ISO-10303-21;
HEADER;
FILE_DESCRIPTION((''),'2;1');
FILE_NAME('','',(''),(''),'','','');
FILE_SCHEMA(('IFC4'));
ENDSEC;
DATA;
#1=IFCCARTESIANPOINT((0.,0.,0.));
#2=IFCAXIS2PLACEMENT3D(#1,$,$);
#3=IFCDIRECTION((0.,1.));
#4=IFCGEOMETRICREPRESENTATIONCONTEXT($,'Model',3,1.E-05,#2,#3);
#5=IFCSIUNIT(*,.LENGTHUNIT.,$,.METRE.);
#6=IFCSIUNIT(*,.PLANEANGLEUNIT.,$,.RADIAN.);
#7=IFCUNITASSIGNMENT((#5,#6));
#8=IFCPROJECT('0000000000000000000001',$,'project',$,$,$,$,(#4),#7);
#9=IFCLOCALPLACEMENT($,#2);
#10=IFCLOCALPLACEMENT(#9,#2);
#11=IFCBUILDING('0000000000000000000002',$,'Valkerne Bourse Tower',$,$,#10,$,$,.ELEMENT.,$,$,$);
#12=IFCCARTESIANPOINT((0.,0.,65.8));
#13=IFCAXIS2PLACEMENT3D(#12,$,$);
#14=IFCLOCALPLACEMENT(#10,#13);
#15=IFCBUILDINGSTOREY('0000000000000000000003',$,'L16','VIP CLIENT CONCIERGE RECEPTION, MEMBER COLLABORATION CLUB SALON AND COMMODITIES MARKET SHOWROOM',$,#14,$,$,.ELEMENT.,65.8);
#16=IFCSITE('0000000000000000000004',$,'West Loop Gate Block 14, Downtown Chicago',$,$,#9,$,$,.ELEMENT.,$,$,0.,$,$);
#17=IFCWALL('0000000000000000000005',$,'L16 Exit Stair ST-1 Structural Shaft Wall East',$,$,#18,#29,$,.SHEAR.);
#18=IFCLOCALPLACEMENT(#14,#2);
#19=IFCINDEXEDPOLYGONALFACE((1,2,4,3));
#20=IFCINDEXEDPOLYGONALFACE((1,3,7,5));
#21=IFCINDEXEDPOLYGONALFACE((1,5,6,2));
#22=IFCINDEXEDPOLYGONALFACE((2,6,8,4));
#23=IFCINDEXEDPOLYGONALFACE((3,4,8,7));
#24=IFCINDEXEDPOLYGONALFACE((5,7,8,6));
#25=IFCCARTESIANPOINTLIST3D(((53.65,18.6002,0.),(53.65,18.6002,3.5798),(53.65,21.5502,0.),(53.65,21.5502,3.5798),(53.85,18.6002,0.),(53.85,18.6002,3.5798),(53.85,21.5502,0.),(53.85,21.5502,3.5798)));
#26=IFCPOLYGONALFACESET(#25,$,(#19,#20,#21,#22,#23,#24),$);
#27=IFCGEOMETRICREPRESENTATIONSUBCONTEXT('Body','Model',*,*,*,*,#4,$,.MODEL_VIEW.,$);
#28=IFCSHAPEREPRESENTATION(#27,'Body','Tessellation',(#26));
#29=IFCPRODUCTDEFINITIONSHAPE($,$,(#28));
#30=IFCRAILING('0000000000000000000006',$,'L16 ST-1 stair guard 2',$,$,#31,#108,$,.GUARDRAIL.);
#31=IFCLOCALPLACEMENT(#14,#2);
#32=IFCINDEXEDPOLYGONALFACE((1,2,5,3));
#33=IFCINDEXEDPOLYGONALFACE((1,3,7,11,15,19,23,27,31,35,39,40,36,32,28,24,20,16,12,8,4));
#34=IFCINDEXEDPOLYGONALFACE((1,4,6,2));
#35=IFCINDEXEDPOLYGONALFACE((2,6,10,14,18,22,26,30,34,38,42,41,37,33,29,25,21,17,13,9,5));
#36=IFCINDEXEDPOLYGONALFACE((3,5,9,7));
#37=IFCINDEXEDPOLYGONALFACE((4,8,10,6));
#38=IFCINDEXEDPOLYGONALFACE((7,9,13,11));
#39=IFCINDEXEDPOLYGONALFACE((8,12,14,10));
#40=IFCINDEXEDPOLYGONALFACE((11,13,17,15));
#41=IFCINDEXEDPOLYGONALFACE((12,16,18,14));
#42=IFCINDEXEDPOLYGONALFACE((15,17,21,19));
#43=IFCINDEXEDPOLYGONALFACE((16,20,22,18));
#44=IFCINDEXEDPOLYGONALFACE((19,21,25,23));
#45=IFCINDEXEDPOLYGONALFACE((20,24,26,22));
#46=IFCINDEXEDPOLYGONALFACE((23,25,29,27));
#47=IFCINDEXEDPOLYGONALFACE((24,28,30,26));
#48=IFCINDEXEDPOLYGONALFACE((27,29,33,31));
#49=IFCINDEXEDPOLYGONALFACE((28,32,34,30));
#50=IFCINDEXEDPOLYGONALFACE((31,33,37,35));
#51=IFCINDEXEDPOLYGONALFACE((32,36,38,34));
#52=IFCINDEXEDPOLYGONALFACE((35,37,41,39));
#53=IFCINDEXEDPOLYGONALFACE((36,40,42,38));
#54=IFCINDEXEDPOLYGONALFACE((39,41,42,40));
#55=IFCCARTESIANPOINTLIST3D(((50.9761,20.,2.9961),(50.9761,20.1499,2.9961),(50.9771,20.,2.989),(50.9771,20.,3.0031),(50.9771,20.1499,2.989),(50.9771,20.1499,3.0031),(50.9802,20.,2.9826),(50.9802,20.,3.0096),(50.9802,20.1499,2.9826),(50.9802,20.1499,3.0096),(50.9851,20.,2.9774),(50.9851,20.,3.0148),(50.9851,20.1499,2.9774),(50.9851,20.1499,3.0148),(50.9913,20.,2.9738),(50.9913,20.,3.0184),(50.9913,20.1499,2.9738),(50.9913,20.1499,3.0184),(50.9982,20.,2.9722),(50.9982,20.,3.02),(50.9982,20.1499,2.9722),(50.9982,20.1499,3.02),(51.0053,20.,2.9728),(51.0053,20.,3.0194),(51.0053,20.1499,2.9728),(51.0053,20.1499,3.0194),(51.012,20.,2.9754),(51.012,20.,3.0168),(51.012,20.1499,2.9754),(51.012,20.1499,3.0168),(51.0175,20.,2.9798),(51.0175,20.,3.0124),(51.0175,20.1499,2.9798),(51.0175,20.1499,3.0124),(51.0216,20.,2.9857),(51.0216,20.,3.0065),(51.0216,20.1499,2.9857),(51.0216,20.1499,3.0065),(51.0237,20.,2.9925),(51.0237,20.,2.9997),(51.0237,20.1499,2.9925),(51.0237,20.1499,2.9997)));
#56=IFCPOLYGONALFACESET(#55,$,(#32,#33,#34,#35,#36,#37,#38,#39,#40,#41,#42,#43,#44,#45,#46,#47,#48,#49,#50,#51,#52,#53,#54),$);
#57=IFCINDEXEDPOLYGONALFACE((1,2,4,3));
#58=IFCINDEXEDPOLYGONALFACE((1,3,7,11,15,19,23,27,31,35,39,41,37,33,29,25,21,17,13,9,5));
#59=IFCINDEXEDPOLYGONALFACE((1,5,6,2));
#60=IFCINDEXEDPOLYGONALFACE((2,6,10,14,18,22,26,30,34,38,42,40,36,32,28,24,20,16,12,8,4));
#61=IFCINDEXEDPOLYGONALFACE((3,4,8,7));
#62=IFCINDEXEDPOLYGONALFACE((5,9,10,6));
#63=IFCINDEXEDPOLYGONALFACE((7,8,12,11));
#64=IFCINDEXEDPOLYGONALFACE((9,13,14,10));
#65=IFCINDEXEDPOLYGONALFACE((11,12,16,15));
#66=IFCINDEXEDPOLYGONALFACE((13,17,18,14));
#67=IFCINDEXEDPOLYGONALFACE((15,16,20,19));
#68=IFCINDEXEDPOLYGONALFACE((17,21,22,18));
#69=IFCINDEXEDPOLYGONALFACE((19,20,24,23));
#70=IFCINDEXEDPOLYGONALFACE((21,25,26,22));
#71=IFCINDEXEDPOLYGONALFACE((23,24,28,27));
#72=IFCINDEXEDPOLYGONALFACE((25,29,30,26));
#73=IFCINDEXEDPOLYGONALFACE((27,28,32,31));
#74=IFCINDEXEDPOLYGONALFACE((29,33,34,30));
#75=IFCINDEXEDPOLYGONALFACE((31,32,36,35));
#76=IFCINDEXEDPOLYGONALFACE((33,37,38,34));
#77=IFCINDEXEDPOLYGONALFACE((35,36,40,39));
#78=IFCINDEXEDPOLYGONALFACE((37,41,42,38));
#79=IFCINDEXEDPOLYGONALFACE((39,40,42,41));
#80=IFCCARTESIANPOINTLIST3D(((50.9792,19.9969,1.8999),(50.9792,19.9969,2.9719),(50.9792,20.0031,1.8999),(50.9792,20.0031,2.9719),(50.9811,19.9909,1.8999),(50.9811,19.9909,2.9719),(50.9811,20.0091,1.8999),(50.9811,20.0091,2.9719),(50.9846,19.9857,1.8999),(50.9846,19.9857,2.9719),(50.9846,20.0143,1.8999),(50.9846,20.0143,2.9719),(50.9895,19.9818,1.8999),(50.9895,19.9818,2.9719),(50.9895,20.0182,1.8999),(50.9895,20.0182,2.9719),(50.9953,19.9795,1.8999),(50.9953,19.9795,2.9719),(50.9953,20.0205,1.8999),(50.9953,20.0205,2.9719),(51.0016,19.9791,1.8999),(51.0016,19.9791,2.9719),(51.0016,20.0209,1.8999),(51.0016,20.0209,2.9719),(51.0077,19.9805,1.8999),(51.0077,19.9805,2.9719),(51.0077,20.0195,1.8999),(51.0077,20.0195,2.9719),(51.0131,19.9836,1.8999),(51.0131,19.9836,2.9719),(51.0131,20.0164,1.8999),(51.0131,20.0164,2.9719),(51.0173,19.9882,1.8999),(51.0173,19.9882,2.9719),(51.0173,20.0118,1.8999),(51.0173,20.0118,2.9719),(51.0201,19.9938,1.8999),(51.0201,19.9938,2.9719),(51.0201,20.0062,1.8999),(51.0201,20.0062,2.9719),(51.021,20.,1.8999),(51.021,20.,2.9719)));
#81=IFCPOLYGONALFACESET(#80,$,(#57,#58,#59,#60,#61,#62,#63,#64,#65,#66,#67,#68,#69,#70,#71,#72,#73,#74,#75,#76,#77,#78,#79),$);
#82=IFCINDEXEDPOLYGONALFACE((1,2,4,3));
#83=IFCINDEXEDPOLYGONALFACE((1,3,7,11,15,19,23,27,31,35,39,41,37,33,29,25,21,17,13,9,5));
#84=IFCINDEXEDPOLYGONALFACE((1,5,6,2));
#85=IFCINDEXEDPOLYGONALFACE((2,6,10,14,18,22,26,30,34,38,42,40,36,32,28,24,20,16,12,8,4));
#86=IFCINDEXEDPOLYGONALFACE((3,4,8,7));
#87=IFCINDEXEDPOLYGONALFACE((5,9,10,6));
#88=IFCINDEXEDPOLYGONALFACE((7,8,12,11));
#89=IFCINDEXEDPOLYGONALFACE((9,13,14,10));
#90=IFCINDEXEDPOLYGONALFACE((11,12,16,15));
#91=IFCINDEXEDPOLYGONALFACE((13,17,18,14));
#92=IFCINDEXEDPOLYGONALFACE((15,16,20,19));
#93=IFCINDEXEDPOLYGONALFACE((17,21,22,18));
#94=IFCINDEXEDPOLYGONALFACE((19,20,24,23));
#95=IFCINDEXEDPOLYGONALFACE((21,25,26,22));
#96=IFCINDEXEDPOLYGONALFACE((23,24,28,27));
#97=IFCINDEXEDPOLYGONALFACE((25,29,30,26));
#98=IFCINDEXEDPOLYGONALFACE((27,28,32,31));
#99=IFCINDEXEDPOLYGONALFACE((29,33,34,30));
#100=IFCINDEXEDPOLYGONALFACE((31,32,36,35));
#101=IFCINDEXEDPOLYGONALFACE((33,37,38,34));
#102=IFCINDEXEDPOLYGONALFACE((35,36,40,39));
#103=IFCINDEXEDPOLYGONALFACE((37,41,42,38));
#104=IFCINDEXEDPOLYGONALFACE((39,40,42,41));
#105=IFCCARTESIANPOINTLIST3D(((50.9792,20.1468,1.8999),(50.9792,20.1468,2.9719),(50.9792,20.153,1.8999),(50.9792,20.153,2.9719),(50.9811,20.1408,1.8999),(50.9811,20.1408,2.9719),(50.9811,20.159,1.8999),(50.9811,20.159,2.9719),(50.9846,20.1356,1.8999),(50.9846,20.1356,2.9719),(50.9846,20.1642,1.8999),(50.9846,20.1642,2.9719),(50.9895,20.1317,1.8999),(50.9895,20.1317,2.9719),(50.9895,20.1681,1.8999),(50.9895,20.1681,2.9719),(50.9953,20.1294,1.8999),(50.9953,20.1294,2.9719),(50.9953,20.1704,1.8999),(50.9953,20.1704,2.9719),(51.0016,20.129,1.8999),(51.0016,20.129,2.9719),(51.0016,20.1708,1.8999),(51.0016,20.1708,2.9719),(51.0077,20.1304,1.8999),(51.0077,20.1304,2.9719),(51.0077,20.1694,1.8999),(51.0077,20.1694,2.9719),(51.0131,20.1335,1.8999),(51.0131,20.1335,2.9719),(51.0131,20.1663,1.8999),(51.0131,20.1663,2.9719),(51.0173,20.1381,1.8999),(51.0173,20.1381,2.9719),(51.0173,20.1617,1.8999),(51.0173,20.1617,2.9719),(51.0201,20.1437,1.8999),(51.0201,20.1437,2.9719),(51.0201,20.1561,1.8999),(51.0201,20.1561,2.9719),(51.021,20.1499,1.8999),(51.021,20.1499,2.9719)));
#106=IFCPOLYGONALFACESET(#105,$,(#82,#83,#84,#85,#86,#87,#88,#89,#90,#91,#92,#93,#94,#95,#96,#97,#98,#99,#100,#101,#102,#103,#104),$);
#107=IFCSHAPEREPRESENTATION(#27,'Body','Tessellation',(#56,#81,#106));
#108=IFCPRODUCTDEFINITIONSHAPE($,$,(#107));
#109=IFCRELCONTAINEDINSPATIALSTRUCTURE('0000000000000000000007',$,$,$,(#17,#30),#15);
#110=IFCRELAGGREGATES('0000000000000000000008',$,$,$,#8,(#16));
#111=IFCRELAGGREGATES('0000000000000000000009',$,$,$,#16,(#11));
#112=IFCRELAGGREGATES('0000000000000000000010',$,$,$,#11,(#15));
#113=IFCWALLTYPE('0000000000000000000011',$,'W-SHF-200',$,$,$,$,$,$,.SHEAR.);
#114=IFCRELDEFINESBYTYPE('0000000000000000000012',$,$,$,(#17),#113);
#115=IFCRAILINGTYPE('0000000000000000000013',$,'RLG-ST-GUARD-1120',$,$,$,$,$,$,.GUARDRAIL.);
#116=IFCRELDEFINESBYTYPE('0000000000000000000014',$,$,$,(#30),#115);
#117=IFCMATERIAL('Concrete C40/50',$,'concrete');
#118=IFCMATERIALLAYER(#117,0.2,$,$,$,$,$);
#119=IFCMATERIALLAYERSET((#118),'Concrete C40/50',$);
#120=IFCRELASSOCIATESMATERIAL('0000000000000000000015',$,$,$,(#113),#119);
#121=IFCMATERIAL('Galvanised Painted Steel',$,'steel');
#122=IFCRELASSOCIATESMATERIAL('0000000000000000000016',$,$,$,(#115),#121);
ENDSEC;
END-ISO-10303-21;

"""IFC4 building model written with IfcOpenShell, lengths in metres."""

from ifc_helpers import new_model, si_unit, direction, frame, frame_2d, origin, origin_2d, place, context, subcontext, project, spatial, rectangle, circle, extrude, material, layer, layer_set, type_object, element, save


model = new_model("IFC4")

# Units and contexts
model_context = context("Model", 3, precision=1e-05, world=origin(), true_north=direction((0.0, 1.0)))
body_context = subcontext(model_context, "Body", "Model", "MODEL_VIEW")
ifc_project = project(units=[si_unit("LENGTHUNIT", "METRE"), si_unit("PLANEANGLEUNIT", "RADIAN")], contexts=[model_context])

# Site, building, storey
site_placement = place(None, origin())
site = spatial("IfcSite", under=ifc_project, at=site_placement, Name="West Loop Gate Block 14, Downtown Chicago", CompositionType="ELEMENT", RefElevation=0.0)
building_placement = place(site_placement, origin())
building = spatial("IfcBuilding", under=site, at=building_placement, Name="Valkerne Bourse Tower", CompositionType="ELEMENT")
storey_placement = place(building_placement, frame((0.0, 0.0, 65.8)))
storey = spatial("IfcBuildingStorey", under=building, at=storey_placement, Name="L16", Description="VIP CLIENT CONCIERGE RECEPTION, MEMBER COLLABORATION CLUB SALON AND COMMODITIES MARKET SHOWROOM", CompositionType="ELEMENT", Elevation=65.8)

# Shared definitions
ifc_material_1 = material(Name="Galvanised Painted Steel", Category="steel")

# Wall
ifc_material_2 = material(Name="Concrete C40/50", Category="concrete")
ifc_layer_1 = layer(ifc_material_2, 0.2)
ifc_layer_set_1 = layer_set([ifc_layer_1], Name="Concrete C40/50")
wall_type_1 = type_object("IfcWallType", Name="W-SHF-200", PredefinedType="SHEAR", material=ifc_layer_set_1)
wall_1_placement = place(storey_placement, frame((53.75, 18.6001, 0.0), z_axis=(0.0, 0.0, 1.0), x_axis=(0.0, 1.0, 0.0)))
element("IfcWall", 1, at=wall_1_placement, inside=storey, type_object=wall_type_1, Name="L16 Exit Stair ST-1 Structural Shaft Wall East", PredefinedType="SHEAR", context=body_context, shape_type="SweptSolid", body=[
    extrude(rectangle(XDim=2.95, YDim=0.2, at=frame_2d((1.4751, 0.0))), origin(), (0.0, 0.0, 1.0), 3.5798),
])

# Railing
railing_type_1 = type_object("IfcRailingType", Name="RLG-ST-GUARD-1120", PredefinedType="GUARDRAIL", material=ifc_material_1)
railing_1_placement = place(storey_placement, frame((51.0, 20.0, 1.8999)))
element("IfcRailing", 2, at=railing_1_placement, inside=storey, type_object=railing_type_1, Name="L16 ST-1 stair guard 2", PredefinedType="GUARDRAIL", context=body_context, shape_type="SweptSolid", body=[
    extrude(circle(Radius=0.0239, at=origin_2d()), frame((0.0, 0.0, 1.0962), z_axis=(0.0, 1.0, 0.0), x_axis=(-1.0, 0.0, 0.0)), (0.0, 0.0, 1.0), 0.1499),
    extrude(circle(Radius=0.021, at=origin_2d()), origin(), (0.0, 0.0, 1.0), 1.072),
    extrude(circle(Radius=0.021, at=origin_2d()), frame((0.0, 0.1499, 0.0)), (0.0, 0.0, 1.0), 1.072),
])

save(model, "model.ifc")
